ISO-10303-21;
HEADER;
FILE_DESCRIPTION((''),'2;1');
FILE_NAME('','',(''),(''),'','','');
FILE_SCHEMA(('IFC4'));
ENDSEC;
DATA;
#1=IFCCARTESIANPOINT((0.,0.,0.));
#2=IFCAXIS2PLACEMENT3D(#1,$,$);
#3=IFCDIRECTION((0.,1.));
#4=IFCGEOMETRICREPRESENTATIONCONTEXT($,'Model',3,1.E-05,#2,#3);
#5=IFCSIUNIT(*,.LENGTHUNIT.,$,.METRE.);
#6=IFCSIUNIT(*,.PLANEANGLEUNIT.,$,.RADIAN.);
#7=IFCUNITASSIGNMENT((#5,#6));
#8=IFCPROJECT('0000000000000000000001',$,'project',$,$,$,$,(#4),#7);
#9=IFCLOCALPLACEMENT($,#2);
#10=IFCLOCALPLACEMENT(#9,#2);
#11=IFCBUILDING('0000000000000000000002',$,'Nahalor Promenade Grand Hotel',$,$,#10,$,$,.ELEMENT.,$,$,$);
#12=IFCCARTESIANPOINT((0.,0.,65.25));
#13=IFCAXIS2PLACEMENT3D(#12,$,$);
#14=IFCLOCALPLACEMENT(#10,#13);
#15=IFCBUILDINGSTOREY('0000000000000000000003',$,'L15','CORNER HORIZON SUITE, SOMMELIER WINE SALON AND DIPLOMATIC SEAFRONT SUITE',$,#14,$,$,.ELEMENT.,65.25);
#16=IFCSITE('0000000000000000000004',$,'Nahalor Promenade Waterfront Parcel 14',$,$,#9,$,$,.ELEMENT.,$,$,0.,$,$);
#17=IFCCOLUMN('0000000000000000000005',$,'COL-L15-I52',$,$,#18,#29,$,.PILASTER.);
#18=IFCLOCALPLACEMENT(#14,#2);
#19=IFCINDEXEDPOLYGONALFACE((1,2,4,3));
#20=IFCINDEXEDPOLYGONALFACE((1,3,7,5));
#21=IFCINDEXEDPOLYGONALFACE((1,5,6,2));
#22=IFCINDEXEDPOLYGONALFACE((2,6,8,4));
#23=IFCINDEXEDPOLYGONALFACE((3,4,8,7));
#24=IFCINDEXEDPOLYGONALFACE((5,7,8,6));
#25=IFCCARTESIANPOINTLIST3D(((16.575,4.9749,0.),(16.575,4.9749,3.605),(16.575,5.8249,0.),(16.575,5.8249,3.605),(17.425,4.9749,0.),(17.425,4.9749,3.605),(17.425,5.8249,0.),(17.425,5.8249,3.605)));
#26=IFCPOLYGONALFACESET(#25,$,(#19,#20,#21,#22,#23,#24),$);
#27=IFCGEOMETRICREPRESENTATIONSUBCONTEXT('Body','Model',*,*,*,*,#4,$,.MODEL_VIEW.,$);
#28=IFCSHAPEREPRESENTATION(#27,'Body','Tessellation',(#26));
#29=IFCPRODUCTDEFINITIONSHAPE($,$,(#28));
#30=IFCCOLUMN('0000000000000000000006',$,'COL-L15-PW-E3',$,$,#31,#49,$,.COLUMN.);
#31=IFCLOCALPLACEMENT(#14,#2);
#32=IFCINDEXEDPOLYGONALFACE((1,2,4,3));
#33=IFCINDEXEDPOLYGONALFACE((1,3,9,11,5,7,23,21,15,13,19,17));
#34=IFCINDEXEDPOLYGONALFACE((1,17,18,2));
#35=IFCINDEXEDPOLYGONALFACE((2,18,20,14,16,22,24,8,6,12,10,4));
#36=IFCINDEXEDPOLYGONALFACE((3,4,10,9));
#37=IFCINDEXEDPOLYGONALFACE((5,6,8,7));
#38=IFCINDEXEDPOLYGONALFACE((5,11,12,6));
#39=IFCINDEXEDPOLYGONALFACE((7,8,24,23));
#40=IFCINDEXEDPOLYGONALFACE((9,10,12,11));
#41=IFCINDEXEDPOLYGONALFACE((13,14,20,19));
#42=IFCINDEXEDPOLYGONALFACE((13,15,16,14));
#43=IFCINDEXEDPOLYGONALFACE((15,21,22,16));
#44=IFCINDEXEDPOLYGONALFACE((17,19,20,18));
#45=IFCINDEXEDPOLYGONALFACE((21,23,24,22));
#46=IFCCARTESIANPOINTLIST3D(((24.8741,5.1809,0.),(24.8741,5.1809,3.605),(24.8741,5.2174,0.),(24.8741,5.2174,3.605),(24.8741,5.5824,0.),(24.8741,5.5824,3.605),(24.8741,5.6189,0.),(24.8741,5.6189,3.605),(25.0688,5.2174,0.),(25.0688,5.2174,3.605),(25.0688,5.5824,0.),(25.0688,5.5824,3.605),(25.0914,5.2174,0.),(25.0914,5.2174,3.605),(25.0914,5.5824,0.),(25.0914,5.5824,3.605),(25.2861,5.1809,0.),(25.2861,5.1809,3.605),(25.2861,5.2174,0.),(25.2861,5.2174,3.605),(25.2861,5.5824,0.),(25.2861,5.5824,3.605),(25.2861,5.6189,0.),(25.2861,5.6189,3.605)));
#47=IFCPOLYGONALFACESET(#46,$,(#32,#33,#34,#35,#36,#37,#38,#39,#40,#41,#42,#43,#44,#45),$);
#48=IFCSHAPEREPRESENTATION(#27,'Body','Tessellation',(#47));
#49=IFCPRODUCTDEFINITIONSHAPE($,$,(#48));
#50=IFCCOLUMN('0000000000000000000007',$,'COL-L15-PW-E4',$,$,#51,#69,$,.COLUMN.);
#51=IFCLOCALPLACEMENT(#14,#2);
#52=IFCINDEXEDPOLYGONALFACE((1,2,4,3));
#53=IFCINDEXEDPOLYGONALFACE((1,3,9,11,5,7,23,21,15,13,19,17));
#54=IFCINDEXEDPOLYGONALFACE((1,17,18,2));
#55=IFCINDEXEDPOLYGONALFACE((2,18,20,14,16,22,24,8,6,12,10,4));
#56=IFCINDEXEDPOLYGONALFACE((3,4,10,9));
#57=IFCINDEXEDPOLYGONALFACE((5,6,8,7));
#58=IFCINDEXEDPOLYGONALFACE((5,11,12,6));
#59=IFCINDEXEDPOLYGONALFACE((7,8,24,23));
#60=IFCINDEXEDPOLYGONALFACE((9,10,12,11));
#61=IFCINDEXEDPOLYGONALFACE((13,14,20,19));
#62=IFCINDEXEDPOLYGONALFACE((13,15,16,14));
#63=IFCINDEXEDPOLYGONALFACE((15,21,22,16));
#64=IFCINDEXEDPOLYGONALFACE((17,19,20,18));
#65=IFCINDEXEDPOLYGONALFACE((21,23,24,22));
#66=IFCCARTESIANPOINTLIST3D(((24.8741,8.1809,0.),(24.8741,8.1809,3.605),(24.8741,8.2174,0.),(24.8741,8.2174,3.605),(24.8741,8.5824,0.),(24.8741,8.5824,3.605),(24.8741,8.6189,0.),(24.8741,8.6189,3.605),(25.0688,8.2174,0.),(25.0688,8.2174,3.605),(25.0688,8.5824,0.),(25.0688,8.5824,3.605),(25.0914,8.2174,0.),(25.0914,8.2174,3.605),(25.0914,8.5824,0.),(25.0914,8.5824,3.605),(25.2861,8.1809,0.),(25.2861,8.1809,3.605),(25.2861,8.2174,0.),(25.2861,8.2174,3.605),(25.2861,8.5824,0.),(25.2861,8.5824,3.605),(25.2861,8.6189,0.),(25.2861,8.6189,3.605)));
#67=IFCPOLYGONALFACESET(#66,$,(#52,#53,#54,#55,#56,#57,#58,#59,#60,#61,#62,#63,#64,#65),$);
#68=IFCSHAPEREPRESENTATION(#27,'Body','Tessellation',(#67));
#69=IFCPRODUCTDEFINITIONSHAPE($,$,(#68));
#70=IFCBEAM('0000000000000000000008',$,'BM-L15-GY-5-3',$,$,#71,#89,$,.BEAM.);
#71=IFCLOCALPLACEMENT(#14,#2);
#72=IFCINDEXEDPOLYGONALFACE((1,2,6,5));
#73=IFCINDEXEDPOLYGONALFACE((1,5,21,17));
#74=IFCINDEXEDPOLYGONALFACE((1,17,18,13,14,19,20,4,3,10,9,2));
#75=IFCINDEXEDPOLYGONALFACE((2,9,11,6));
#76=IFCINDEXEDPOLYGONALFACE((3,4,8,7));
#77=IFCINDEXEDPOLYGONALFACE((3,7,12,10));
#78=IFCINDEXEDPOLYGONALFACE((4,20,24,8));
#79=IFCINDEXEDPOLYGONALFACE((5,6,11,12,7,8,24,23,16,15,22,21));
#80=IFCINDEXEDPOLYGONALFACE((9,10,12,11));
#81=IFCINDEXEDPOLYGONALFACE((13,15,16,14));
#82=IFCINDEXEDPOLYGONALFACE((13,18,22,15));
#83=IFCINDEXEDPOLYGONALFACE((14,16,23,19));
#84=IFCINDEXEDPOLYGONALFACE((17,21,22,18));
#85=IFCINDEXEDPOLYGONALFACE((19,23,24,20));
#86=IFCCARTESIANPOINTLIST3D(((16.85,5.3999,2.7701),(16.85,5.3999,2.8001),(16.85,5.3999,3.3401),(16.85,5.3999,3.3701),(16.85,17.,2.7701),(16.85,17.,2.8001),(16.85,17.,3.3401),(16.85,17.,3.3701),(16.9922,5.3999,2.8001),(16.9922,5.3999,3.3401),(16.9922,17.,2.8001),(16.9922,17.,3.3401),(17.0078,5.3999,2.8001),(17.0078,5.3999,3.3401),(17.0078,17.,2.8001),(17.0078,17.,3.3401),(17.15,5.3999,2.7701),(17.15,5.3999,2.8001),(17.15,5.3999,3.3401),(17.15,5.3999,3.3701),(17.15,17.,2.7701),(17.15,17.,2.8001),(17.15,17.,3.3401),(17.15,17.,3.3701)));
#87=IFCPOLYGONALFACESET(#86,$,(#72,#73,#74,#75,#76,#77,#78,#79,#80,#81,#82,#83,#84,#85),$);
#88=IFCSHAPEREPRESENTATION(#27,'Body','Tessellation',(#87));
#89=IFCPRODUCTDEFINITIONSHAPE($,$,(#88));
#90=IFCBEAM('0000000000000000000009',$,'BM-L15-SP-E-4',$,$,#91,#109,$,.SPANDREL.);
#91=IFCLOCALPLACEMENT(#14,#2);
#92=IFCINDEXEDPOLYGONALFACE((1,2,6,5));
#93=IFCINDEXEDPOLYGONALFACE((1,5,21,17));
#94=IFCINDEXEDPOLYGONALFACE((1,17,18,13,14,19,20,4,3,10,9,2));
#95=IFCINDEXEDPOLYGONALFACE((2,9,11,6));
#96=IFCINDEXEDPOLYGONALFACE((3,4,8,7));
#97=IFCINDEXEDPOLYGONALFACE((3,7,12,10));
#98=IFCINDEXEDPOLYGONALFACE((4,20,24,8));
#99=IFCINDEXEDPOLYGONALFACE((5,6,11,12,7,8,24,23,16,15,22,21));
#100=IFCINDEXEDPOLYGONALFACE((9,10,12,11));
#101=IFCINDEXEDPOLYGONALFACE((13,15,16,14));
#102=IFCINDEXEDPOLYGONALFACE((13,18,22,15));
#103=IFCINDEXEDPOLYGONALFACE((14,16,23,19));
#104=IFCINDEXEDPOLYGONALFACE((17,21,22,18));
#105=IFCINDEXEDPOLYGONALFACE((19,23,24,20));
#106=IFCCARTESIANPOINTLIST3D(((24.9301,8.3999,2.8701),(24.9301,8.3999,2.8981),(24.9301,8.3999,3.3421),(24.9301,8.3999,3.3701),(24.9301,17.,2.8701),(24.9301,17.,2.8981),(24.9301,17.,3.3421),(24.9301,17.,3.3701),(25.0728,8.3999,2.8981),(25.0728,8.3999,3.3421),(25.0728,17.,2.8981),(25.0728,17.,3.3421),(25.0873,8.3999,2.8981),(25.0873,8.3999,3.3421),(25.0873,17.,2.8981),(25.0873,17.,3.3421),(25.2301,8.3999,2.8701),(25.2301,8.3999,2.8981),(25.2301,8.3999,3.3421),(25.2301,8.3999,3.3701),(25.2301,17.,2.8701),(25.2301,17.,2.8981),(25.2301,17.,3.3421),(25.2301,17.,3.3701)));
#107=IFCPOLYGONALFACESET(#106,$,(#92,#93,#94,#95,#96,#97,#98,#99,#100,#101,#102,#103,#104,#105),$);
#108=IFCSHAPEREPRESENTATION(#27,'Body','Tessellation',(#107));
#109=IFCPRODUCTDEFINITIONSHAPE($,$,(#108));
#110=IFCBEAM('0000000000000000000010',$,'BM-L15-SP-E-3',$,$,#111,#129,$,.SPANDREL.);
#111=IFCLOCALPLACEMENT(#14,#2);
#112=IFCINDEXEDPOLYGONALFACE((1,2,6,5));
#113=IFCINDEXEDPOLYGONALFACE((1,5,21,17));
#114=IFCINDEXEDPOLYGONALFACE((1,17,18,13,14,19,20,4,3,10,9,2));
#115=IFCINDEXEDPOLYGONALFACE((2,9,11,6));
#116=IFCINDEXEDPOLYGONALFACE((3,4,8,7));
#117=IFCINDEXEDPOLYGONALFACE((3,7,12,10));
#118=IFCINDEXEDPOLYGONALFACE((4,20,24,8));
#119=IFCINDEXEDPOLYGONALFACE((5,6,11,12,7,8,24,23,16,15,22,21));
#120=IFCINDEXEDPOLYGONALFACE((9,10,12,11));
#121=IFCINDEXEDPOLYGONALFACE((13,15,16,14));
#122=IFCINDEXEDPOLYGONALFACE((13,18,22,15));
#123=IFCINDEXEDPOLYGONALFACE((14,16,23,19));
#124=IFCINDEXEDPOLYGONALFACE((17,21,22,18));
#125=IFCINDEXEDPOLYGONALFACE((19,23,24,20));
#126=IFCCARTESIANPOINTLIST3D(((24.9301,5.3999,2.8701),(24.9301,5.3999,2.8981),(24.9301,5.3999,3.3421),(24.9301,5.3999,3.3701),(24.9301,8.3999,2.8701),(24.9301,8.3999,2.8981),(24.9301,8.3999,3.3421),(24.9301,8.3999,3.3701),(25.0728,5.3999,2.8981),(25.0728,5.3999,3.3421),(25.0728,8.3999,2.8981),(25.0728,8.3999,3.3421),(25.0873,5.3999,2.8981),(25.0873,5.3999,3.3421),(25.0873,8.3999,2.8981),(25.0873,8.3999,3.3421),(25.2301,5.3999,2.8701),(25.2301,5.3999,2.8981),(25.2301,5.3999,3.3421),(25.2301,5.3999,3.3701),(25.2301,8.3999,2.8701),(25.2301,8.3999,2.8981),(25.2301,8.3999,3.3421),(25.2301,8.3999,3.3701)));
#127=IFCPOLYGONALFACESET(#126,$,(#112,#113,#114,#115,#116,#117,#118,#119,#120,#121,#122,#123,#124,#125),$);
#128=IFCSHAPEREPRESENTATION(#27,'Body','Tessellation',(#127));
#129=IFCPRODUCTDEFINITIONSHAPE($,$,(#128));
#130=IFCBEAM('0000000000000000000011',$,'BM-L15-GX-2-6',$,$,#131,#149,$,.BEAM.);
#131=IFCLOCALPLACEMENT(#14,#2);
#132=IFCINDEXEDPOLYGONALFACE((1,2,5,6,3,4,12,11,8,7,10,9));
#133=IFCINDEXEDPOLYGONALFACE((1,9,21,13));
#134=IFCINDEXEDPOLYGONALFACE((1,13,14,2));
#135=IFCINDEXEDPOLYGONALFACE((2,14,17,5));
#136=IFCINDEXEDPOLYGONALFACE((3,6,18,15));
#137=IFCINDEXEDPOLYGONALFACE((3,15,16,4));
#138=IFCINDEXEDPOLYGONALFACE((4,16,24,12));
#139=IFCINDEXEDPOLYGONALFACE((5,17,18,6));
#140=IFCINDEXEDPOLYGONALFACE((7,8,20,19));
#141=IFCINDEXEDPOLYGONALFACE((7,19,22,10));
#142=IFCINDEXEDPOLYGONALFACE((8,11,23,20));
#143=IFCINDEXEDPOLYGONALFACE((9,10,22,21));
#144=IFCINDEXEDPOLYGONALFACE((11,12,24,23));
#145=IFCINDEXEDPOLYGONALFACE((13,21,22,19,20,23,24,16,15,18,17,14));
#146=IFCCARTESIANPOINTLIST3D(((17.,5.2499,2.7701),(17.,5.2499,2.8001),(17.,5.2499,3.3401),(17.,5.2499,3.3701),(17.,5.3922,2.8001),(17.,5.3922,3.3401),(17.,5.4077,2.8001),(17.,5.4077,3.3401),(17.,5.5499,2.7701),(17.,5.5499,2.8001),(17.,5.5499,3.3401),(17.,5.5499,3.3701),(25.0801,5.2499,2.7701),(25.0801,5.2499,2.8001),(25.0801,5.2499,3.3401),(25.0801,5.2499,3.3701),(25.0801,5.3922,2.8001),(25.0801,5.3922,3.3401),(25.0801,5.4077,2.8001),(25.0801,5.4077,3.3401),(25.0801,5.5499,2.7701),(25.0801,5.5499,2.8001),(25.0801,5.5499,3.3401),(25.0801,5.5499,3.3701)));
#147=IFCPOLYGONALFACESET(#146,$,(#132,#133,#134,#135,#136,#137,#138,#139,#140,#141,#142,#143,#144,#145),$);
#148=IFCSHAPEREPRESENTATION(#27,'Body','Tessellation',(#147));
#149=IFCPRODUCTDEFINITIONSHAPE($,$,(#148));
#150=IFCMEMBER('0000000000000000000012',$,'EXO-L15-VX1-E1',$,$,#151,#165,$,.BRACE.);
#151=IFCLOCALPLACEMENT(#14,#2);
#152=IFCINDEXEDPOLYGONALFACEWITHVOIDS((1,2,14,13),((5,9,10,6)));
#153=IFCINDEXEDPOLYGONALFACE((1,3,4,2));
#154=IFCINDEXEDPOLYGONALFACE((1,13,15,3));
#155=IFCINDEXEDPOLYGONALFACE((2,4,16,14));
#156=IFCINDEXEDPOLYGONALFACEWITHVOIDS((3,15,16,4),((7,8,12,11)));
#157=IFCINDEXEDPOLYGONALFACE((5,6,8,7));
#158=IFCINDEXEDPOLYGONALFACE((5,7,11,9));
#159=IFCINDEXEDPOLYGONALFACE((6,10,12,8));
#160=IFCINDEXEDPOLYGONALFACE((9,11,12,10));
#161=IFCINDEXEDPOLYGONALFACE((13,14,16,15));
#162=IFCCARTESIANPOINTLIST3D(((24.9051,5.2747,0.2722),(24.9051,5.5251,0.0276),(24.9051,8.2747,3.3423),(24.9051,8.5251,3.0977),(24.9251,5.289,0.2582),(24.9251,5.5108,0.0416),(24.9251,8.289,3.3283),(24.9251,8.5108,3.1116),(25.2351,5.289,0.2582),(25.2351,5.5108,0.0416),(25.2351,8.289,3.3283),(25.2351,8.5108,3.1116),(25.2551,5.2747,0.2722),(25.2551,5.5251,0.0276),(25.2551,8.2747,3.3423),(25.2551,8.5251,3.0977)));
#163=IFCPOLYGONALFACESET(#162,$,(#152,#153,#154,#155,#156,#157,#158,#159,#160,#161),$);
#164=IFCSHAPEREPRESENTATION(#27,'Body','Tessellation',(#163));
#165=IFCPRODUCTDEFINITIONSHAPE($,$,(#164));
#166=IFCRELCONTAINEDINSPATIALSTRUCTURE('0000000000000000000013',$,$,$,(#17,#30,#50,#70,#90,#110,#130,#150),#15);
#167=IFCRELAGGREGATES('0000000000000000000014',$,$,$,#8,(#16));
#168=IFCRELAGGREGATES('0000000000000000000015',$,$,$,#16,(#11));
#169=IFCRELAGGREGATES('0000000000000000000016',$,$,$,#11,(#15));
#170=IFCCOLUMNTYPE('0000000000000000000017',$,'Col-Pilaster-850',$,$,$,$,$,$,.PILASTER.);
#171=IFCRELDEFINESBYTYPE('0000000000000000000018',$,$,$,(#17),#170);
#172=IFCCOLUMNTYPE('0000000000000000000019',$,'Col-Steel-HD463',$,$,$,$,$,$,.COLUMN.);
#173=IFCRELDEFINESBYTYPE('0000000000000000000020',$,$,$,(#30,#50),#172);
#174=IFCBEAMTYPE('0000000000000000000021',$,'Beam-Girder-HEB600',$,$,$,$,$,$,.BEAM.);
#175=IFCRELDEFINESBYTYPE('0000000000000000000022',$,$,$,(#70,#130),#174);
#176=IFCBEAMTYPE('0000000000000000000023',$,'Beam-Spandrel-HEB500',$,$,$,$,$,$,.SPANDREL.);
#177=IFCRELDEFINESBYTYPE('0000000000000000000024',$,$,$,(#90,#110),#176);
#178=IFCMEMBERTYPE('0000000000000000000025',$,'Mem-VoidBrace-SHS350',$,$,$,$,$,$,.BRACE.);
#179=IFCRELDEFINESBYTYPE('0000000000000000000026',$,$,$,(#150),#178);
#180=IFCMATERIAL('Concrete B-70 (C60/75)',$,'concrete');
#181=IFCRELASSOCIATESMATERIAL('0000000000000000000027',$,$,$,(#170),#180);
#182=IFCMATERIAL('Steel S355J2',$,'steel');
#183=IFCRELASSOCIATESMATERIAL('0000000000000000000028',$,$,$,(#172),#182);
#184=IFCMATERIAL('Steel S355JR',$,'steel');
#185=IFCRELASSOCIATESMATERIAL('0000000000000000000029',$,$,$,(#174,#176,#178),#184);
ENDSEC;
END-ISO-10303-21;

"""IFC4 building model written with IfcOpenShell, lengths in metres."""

from ifc_helpers import new_model, si_unit, direction, frame, origin, origin_2d, place, context, subcontext, project, spatial, rectangle, hollow_rectangle, i_section, extrude, source, transform, mapped, material, material_profile, profile_set, type_object, element, save


model = new_model("IFC4")

# Units and contexts
model_context = context("Model", 3, precision=1e-05, world=origin(), true_north=direction((0.0, 1.0)))
body_context = subcontext(model_context, "Body", "Model", "MODEL_VIEW")
ifc_project = project(units=[si_unit("LENGTHUNIT", "METRE"), si_unit("PLANEANGLEUNIT", "RADIAN")], contexts=[model_context])

# Site, building, storey
site_placement = place(None, origin())
site = spatial("IfcSite", under=ifc_project, at=site_placement, Name="Nahalor Promenade Waterfront Parcel 14", CompositionType="ELEMENT", RefElevation=0.0)
building_placement = place(site_placement, origin())
building = spatial("IfcBuilding", under=site, at=building_placement, Name="Nahalor Promenade Grand Hotel", CompositionType="ELEMENT")
storey_placement = place(building_placement, frame((0.0, 0.0, 65.25)))
storey = spatial("IfcBuildingStorey", under=building, at=storey_placement, Name="L15", Description="CORNER HORIZON SUITE, SOMMELIER WINE SALON AND DIPLOMATIC SEAFRONT SUITE", CompositionType="ELEMENT", Elevation=65.25)

# Columns
ifc_material_1 = material(Name="Concrete B-70 (C60/75)", Category="concrete")
ifc_material_profile_1 = material_profile(ifc_material_1, rectangle(XDim=0.85, YDim=0.85, at=origin_2d()), Name="RC 850x850")
ifc_profile_set_1 = profile_set([ifc_material_profile_1], Name="Concrete B-70 (C60/75)")
column_type_1 = type_object("IfcColumnType", Name="Col-Pilaster-850", PredefinedType="PILASTER", material=ifc_profile_set_1)
shared_shape_1 = source(origin(), body_context, "Body", "SweptSolid", [
    extrude(rectangle(XDim=0.85, YDim=0.85, at=origin_2d()), origin(), (0.0, 0.0, 1.0), 3.605),
])
column_placement = place(storey_placement, frame((17.0, 5.3999, 0.0), z_axis=(0.0, 0.0, 1.0), x_axis=(1.0, 0.0, 0.0)))
element("IfcColumn", 1, at=column_placement, inside=storey, type_object=column_type_1, Name="COL-L15-I52", PredefinedType="PILASTER", context=body_context, shape_type="MappedRepresentation", body=[
    mapped(shared_shape_1, transform((0.0, 0.0, 0.0), scale=1.0)),
])
ifc_material_2 = material(Name="Steel S355J2", Category="steel")
ifc_material_profile_2 = material_profile(ifc_material_2, i_section(OverallWidth=0.412, OverallDepth=0.438, WebThickness=0.0226, FlangeThickness=0.0365, at=origin_2d()), Name="HD 400x463")
ifc_profile_set_2 = profile_set([ifc_material_profile_2], Name="Steel S355J2")
column_type_2 = type_object("IfcColumnType", Name="Col-Steel-HD463", PredefinedType="COLUMN", material=ifc_profile_set_2)
shared_shape_2 = source(origin(), body_context, "Body", "SweptSolid", [
    extrude(i_section(OverallWidth=0.412, OverallDepth=0.438, WebThickness=0.0226, FlangeThickness=0.0365, at=origin_2d()), origin(), (0.0, 0.0, 1.0), 3.605),
])
for number, where, z_axis, x_axis, name in (
    (2, (25.0801, 5.3999, 0.0), (0.0, 0.0, 1.0), (1.0, 0.0, 0.0), "COL-L15-PW-E3"),
    (3, (25.0801, 8.3999, 0.0), (0.0, 0.0, 1.0), (1.0, 0.0, 0.0), "COL-L15-PW-E4"),
):
    element("IfcColumn", number, at=place(storey_placement, frame(where, z_axis=z_axis, x_axis=x_axis)), inside=storey, type_object=column_type_2, Name=name, PredefinedType="COLUMN", context=body_context, shape_type="MappedRepresentation", body=[
        mapped(shared_shape_2, transform((0.0, 0.0, 0.0), scale=1.0)),
    ])

# Beams
ifc_material_3 = material(Name="Steel S355JR", Category="steel")
ifc_material_profile_3 = material_profile(ifc_material_3, i_section(OverallWidth=0.3, OverallDepth=0.6, WebThickness=0.0155, FlangeThickness=0.03, at=origin_2d()), Name="HEB 600")
ifc_profile_set_3 = profile_set([ifc_material_profile_3], Name="Steel S355JR")
beam_type_1 = type_object("IfcBeamType", Name="Beam-Girder-HEB600", PredefinedType="BEAM", material=ifc_profile_set_3)
shared_shape_3 = source(origin(), body_context, "Body", "SweptSolid", [
    extrude(i_section(OverallWidth=0.3, OverallDepth=0.6, WebThickness=0.0155, FlangeThickness=0.03, at=origin_2d()), origin(), (0.0, 0.0, 1.0), 11.6001),
])
beam_1_placement = place(storey_placement, frame((17.0, 5.3999, 3.0701), z_axis=(0.0, 1.0, 0.0), x_axis=(-1.0, 0.0, 0.0)))
element("IfcBeam", 4, at=beam_1_placement, inside=storey, type_object=beam_type_1, Name="BM-L15-GY-5-3", PredefinedType="BEAM", context=body_context, shape_type="MappedRepresentation", body=[
    mapped(shared_shape_3, transform((0.0, 0.0, 0.0), scale=1.0)),
])
ifc_material_profile_4 = material_profile(ifc_material_3, i_section(OverallWidth=0.3, OverallDepth=0.5, WebThickness=0.0145, FlangeThickness=0.028, at=origin_2d()), Name="HEB 500")
ifc_profile_set_4 = profile_set([ifc_material_profile_4], Name="Steel S355JR")
beam_type_2 = type_object("IfcBeamType", Name="Beam-Spandrel-HEB500", PredefinedType="SPANDREL", material=ifc_profile_set_4)
shared_shape_4 = source(origin(), body_context, "Body", "SweptSolid", [
    extrude(i_section(OverallWidth=0.3, OverallDepth=0.5, WebThickness=0.0145, FlangeThickness=0.028, at=origin_2d()), origin(), (0.0, 0.0, 1.0), 8.6001),
])
beam_2_placement = place(storey_placement, frame((25.0801, 8.3999, 3.1201), z_axis=(0.0, 1.0, 0.0), x_axis=(-1.0, 0.0, 0.0)))
element("IfcBeam", 5, at=beam_2_placement, inside=storey, type_object=beam_type_2, Name="BM-L15-SP-E-4", PredefinedType="SPANDREL", context=body_context, shape_type="MappedRepresentation", body=[
    mapped(shared_shape_4, transform((0.0, 0.0, 0.0), scale=1.0)),
])
shared_shape_5 = source(origin(), body_context, "Body", "SweptSolid", [
    extrude(i_section(OverallWidth=0.3, OverallDepth=0.5, WebThickness=0.0145, FlangeThickness=0.028, at=origin_2d()), origin(), (0.0, 0.0, 1.0), 3.0),
])
beam_3_placement = place(storey_placement, frame((25.0801, 5.3999, 3.1201), z_axis=(0.0, 1.0, 0.0), x_axis=(-1.0, 0.0, 0.0)))
element("IfcBeam", 6, at=beam_3_placement, inside=storey, type_object=beam_type_2, Name="BM-L15-SP-E-3", PredefinedType="SPANDREL", context=body_context, shape_type="MappedRepresentation", body=[
    mapped(shared_shape_5, transform((0.0, 0.0, 0.0), scale=1.0)),
])
shared_shape_6 = source(origin(), body_context, "Body", "SweptSolid", [
    extrude(i_section(OverallWidth=0.3, OverallDepth=0.6, WebThickness=0.0155, FlangeThickness=0.03, at=origin_2d()), origin(), (0.0, 0.0, 1.0), 8.0801),
])
beam_4_placement = place(storey_placement, frame((17.0, 5.3999, 3.0701), z_axis=(1.0, 0.0, 0.0), x_axis=(0.0, 1.0, 0.0)))
element("IfcBeam", 7, at=beam_4_placement, inside=storey, type_object=beam_type_1, Name="BM-L15-GX-2-6", PredefinedType="BEAM", context=body_context, shape_type="MappedRepresentation", body=[
    mapped(shared_shape_6, transform((0.0, 0.0, 0.0), scale=1.0)),
])

# Member
ifc_material_profile_5 = material_profile(ifc_material_3, hollow_rectangle(XDim=0.35, YDim=0.35, WallThickness=0.02, at=origin_2d()), Name="SHS 350x350x20")
ifc_profile_set_5 = profile_set([ifc_material_profile_5], Name="Steel S355JR")
member_type_1 = type_object("IfcMemberType", Name="Mem-VoidBrace-SHS350", PredefinedType="BRACE", material=ifc_profile_set_5)
shared_shape_7 = source(origin(), body_context, "Body", "SweptSolid", [
    extrude(hollow_rectangle(XDim=0.35, YDim=0.35, WallThickness=0.02, at=origin_2d()), origin(), (0.0, 0.0, 1.0), 4.2925),
])
member_1_placement = place(storey_placement, frame((25.0801, 5.3999, 0.1499), z_axis=(0.0, 0.698898, 0.715221), x_axis=(-1.0, 0.0, 0.0)))
element("IfcMember", 8, at=member_1_placement, inside=storey, type_object=member_type_1, Name="EXO-L15-VX1-E1", PredefinedType="BRACE", context=body_context, shape_type="MappedRepresentation", body=[
    mapped(shared_shape_7, transform((0.0, 0.0, 0.0), scale=1.0)),
])

save(model, "model.ifc")
